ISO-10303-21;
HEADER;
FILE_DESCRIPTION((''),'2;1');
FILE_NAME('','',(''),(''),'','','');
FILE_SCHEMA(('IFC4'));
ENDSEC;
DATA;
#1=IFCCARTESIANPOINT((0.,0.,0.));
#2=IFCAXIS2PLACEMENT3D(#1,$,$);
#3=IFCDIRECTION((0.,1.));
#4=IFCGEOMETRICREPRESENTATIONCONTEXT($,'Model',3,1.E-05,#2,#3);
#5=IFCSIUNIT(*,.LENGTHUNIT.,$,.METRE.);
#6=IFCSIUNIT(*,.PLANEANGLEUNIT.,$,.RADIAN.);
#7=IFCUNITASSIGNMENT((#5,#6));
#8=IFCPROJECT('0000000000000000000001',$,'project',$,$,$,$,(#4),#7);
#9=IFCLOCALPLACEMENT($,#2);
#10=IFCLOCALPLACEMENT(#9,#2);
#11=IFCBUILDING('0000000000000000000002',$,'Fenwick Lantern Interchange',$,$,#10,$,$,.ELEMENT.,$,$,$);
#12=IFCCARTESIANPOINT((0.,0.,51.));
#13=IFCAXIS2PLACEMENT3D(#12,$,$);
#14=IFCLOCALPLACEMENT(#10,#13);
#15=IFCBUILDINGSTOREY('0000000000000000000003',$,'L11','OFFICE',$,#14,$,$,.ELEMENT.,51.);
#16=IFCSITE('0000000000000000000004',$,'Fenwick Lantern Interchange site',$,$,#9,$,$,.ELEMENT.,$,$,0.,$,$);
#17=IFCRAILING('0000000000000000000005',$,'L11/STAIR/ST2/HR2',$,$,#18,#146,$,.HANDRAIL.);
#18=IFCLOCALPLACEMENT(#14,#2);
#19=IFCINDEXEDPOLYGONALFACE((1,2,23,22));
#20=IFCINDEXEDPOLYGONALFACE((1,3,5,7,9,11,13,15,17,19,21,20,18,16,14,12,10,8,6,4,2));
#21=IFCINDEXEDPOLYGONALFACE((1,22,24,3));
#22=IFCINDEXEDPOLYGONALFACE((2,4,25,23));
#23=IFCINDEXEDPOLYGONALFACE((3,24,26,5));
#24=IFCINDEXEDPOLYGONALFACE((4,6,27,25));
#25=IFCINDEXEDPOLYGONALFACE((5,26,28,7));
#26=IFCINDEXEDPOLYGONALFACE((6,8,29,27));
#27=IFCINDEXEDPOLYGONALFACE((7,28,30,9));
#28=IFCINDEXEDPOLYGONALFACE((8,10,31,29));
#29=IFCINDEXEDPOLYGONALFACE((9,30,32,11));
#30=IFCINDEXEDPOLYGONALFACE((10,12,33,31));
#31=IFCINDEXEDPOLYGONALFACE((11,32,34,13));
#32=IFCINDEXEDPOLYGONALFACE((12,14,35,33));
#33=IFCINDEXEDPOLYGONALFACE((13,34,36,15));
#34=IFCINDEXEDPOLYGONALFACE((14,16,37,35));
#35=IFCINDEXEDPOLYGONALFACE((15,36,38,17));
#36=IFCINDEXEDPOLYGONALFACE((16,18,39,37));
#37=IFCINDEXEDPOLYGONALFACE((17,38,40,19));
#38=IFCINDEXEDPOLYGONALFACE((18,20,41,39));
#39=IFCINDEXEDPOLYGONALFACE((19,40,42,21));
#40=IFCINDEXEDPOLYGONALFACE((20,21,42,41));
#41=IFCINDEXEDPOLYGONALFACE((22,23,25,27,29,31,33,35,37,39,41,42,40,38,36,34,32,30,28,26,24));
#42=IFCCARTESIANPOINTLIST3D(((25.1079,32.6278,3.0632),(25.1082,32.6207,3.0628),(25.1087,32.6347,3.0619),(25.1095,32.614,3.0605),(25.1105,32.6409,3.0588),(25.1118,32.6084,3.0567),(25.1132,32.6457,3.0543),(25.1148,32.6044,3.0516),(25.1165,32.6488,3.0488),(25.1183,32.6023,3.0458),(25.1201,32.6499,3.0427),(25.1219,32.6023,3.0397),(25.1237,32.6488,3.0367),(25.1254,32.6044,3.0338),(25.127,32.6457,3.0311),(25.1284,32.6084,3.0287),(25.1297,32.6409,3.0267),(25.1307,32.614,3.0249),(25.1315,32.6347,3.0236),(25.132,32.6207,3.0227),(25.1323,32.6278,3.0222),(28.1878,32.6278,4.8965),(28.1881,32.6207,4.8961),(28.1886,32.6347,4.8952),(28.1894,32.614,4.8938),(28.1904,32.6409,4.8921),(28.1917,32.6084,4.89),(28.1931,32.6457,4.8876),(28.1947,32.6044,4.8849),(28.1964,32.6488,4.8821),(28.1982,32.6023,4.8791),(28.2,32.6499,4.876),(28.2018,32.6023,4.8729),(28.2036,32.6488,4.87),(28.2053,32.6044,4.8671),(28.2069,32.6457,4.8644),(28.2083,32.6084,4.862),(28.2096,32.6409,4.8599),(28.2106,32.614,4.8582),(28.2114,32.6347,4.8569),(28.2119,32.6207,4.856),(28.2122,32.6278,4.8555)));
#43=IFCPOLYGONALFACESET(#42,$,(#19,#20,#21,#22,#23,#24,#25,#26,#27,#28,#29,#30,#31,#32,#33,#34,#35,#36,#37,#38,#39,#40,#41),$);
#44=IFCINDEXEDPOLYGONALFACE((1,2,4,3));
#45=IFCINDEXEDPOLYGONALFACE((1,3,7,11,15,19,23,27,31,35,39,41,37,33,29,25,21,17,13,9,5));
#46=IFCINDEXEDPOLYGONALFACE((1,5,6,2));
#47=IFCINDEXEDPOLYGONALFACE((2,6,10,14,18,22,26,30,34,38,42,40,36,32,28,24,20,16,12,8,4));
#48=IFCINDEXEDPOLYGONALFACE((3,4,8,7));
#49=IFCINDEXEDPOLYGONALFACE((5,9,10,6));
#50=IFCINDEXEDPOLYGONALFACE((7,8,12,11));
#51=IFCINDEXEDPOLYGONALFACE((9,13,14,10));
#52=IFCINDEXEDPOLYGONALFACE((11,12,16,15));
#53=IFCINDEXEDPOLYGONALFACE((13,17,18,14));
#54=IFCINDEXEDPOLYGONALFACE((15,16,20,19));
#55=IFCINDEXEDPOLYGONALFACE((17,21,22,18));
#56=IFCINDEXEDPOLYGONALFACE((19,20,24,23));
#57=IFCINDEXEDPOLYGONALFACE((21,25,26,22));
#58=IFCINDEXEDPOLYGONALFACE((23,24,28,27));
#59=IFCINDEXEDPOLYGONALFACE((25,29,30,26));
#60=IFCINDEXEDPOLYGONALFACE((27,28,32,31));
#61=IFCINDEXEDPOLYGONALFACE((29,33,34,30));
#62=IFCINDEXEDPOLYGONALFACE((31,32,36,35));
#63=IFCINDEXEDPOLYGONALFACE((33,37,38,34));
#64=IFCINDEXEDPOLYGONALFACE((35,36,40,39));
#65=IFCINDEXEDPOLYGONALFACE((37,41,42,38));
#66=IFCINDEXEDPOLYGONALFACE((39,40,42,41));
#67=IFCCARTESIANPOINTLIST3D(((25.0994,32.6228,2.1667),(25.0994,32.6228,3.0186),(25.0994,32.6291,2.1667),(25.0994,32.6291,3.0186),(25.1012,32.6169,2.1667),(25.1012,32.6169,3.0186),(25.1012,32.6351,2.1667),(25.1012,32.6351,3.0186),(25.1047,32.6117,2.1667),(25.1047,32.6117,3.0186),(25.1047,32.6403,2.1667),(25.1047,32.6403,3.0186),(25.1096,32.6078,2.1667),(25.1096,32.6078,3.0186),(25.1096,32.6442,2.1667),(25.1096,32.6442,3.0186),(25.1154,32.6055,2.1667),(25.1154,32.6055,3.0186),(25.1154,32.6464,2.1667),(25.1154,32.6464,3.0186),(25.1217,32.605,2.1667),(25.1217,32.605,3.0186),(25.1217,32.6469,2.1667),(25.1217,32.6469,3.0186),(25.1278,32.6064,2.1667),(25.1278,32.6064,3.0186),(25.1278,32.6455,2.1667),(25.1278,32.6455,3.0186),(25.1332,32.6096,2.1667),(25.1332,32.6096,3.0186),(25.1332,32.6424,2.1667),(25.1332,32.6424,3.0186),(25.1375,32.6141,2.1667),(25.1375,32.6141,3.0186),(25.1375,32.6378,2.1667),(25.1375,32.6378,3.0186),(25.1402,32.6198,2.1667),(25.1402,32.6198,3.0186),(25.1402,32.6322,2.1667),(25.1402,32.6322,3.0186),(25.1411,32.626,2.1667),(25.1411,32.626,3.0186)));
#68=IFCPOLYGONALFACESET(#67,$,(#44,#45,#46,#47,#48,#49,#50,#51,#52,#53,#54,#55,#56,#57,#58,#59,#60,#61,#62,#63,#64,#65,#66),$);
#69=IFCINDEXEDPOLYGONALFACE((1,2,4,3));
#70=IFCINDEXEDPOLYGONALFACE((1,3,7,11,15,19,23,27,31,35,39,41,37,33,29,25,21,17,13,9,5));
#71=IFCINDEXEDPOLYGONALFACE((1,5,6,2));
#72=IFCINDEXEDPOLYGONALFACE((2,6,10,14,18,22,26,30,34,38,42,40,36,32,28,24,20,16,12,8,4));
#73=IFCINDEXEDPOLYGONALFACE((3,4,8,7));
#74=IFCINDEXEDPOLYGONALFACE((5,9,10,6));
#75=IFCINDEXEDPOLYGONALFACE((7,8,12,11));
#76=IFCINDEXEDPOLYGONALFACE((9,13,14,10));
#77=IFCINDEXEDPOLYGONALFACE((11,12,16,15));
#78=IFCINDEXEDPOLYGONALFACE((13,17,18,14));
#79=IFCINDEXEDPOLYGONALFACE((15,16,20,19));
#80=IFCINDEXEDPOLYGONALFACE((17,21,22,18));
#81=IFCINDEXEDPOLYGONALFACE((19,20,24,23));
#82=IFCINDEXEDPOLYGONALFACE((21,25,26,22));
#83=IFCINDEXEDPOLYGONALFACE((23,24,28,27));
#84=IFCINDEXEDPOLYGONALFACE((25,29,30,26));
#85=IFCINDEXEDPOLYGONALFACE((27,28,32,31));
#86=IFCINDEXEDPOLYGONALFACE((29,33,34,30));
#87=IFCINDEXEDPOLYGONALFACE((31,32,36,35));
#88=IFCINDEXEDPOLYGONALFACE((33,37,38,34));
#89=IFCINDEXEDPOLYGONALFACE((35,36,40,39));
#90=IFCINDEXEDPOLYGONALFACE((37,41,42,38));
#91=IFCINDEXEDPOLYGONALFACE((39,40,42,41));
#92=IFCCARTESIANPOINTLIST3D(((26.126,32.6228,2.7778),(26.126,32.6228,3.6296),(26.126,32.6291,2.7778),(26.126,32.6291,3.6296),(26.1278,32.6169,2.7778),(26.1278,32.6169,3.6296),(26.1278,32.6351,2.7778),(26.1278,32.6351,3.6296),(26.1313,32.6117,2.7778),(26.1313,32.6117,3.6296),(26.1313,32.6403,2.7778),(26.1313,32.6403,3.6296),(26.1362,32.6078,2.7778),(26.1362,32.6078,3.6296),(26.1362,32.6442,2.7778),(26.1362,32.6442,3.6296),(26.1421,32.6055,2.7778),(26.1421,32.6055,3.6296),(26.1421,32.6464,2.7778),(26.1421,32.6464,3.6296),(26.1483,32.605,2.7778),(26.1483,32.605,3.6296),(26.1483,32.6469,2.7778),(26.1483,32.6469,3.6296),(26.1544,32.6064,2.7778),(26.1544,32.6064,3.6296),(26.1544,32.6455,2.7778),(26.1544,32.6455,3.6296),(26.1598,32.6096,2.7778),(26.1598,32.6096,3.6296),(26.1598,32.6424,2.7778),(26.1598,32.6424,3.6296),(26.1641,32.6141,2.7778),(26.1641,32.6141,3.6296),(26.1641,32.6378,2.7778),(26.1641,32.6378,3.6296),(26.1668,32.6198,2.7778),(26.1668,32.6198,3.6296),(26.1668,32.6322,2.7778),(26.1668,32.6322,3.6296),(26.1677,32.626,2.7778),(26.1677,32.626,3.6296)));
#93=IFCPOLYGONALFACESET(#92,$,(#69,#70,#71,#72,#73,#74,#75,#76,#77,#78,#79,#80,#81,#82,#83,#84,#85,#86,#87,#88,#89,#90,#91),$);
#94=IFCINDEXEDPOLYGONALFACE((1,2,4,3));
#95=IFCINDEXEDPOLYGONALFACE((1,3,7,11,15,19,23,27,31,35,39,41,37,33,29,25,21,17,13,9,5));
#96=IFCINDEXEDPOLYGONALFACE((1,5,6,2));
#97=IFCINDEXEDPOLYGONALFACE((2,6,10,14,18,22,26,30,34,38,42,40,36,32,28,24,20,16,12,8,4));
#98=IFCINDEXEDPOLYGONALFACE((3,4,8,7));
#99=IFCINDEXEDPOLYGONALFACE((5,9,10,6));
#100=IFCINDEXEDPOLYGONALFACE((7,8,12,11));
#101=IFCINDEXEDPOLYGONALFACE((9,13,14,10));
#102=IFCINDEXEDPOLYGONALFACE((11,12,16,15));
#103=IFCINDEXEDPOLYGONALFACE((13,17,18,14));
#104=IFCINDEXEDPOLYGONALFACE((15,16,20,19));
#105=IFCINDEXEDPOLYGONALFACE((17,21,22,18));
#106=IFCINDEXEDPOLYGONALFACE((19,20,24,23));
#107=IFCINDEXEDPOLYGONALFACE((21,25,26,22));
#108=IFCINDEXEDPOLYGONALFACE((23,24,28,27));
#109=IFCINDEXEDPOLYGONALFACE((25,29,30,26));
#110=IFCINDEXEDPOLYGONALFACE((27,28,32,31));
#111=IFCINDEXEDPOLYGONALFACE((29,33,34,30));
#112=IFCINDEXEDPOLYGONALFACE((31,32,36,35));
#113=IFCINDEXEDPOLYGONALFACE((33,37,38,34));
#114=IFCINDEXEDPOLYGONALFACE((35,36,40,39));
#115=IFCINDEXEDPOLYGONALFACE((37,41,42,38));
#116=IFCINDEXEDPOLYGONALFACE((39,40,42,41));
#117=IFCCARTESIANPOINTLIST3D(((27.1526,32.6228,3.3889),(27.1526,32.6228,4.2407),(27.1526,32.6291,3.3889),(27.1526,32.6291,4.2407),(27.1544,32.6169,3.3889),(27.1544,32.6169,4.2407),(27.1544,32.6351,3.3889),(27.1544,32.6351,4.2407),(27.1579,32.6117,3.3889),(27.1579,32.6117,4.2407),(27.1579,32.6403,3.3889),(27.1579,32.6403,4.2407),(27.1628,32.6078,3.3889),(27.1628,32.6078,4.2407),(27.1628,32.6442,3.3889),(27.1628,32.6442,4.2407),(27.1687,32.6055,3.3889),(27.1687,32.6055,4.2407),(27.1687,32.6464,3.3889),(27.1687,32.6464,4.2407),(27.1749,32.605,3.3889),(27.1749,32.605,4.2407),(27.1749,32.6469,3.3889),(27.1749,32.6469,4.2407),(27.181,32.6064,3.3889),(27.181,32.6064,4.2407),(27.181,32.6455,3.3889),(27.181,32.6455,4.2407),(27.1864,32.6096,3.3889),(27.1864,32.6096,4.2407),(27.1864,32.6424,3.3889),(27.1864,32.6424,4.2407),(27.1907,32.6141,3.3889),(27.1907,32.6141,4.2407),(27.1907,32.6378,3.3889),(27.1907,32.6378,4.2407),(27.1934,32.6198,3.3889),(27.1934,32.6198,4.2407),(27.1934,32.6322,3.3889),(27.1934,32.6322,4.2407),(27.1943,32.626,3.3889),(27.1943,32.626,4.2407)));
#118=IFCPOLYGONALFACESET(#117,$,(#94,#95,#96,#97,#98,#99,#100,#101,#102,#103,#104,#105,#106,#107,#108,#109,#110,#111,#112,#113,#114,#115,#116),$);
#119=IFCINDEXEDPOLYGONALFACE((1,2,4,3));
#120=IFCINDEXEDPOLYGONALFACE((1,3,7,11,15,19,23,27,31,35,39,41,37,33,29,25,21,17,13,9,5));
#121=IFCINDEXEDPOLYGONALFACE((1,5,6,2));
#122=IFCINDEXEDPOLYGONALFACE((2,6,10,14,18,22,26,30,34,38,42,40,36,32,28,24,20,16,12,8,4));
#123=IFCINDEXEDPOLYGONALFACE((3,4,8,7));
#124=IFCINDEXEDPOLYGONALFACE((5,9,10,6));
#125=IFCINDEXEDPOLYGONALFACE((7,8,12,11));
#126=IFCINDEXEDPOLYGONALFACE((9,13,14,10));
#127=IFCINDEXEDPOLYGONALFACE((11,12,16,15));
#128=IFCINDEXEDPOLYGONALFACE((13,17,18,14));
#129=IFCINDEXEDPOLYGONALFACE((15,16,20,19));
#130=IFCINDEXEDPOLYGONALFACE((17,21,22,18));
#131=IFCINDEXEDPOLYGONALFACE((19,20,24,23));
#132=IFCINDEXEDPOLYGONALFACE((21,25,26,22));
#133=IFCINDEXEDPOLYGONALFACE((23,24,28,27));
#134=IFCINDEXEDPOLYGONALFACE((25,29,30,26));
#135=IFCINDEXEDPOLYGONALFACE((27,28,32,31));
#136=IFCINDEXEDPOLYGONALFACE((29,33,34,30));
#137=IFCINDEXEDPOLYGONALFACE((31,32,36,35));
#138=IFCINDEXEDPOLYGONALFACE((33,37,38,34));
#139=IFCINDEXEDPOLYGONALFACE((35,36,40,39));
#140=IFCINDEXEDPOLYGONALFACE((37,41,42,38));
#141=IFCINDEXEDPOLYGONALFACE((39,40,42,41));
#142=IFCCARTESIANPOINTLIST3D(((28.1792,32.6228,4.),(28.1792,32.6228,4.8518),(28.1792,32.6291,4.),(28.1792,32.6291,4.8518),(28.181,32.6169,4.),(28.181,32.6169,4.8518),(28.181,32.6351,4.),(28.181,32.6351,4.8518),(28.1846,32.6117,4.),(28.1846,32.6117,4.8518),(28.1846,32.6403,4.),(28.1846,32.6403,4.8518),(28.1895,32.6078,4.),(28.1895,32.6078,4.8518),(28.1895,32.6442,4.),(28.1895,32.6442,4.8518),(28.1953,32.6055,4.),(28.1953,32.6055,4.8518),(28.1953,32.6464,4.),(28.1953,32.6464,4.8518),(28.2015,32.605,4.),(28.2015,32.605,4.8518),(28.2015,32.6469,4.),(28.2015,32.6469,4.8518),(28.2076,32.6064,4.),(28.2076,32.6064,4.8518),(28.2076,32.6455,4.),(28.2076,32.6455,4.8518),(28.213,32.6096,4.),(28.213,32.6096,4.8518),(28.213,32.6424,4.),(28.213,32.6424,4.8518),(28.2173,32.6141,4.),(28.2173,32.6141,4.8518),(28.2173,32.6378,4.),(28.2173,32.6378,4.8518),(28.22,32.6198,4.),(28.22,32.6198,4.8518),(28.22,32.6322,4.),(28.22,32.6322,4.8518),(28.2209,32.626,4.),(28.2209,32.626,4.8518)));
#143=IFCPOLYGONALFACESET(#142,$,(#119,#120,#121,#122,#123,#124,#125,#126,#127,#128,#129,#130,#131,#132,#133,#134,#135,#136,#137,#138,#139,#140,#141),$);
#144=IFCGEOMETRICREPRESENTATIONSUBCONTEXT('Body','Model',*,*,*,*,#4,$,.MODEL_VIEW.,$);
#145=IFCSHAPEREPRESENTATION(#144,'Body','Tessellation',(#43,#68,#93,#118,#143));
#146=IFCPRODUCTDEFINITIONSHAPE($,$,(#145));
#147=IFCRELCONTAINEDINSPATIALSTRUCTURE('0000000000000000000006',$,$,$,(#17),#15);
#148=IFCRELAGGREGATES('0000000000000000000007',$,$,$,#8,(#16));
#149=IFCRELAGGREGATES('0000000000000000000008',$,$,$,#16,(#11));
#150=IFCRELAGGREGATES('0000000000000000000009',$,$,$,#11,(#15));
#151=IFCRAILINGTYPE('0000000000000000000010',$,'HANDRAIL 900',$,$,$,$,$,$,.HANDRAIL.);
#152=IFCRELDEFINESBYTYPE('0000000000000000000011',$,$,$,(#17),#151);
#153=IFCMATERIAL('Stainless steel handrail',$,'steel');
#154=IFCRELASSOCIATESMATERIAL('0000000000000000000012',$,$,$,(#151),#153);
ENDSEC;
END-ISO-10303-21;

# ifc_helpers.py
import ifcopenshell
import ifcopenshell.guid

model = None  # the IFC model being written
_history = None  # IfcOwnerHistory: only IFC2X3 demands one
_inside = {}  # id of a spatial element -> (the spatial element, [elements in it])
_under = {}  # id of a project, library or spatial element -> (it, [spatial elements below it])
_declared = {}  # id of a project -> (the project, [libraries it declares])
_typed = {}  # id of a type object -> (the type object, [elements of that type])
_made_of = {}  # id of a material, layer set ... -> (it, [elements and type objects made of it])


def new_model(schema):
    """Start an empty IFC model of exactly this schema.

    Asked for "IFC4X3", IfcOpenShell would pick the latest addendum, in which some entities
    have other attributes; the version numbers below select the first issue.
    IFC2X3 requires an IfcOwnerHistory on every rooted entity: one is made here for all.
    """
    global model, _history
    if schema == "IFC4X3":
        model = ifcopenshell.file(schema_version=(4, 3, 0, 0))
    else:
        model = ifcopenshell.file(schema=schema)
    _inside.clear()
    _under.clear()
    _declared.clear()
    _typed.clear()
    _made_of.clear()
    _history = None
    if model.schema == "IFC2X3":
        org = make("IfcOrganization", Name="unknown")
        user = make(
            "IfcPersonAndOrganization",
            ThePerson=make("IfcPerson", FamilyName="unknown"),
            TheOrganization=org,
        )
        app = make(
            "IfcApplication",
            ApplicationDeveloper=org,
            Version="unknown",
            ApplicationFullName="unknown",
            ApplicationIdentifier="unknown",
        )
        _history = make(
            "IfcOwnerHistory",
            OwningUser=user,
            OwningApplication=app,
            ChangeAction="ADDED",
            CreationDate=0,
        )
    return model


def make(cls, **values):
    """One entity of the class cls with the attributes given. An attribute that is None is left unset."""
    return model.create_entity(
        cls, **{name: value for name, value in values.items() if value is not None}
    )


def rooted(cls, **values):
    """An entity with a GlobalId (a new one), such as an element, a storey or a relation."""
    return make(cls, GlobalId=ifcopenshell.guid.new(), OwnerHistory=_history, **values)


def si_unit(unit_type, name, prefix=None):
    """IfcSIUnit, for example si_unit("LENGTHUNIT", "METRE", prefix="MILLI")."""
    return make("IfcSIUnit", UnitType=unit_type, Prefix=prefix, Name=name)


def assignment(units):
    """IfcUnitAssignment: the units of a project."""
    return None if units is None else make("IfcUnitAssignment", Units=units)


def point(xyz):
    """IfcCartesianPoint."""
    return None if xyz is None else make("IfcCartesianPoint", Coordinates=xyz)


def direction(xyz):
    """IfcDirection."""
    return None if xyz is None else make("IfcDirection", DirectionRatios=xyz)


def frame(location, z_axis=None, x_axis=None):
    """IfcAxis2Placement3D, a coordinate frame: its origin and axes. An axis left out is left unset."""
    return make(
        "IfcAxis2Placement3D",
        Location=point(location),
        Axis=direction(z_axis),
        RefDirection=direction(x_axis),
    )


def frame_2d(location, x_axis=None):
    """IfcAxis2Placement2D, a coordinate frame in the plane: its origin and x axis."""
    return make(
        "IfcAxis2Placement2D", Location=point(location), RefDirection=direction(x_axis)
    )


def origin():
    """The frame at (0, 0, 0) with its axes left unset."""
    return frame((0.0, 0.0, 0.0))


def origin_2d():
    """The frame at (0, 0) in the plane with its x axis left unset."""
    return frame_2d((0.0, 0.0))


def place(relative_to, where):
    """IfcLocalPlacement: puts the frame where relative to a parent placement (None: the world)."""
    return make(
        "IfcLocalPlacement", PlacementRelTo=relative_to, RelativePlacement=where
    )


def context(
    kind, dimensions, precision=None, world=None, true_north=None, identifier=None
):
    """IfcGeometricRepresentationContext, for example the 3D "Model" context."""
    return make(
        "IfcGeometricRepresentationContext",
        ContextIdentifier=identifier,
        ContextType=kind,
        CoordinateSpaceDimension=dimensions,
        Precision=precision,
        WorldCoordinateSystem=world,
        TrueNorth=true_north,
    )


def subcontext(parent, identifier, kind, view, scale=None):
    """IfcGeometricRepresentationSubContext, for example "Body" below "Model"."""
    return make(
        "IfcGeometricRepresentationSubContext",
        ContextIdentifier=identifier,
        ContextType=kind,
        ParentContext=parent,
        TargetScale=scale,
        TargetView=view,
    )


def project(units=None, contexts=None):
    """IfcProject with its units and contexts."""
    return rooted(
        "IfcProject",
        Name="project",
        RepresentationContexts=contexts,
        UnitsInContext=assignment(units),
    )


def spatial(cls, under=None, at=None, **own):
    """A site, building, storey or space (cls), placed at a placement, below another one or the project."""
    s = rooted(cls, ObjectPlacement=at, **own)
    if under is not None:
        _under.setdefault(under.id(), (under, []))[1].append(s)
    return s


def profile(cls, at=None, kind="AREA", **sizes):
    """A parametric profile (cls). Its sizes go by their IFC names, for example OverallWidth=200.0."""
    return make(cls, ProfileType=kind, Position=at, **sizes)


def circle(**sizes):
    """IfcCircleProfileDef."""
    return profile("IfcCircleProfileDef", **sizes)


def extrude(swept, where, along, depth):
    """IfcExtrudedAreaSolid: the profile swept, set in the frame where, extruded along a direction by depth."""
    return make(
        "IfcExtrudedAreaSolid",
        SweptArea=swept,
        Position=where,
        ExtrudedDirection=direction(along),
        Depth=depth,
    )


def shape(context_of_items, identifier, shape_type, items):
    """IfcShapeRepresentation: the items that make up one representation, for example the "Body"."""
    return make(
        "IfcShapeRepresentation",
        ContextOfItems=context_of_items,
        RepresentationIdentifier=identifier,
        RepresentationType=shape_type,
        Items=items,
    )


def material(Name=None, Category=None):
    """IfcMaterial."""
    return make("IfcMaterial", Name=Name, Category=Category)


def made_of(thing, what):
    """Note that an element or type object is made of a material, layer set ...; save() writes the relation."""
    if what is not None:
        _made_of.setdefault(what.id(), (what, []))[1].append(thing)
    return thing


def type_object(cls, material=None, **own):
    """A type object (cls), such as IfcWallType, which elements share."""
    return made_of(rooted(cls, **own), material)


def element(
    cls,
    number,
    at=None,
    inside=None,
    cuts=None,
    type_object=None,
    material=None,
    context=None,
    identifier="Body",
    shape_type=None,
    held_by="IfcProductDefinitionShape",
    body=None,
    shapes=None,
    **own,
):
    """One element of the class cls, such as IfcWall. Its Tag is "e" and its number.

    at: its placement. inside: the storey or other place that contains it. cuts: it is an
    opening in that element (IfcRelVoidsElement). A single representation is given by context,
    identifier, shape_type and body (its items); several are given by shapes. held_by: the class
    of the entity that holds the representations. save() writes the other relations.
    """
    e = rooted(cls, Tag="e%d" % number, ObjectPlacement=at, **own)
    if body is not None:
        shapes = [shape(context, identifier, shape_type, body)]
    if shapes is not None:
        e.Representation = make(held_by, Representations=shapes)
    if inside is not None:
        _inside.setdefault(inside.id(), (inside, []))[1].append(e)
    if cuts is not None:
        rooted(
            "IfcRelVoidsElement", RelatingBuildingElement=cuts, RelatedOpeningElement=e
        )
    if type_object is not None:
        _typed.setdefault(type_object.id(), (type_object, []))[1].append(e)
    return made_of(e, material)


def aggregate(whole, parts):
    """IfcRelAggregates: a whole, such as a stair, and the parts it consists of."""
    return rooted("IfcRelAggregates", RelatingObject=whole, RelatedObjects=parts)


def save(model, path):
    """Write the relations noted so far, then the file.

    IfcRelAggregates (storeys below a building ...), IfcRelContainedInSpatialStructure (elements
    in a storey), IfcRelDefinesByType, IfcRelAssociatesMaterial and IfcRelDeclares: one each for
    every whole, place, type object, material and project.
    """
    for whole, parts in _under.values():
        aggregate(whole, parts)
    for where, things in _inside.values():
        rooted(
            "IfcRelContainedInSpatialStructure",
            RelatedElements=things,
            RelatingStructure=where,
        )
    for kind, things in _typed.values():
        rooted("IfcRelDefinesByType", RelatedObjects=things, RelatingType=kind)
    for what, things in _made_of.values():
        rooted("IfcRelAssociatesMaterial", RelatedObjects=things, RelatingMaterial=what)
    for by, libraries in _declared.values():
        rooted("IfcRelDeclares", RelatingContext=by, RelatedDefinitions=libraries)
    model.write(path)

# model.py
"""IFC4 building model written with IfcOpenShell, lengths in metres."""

from ifc_helpers import new_model, si_unit, direction, frame, origin, origin_2d, place, context, subcontext, project, spatial, circle, extrude, material, type_object, element, save


model = new_model("IFC4")

# Units and contexts
model_context = context("Model", 3, precision=1e-05, world=origin(), true_north=direction((0.0, 1.0)))
body_context = subcontext(model_context, "Body", "Model", "MODEL_VIEW")
ifc_project = project(units=[si_unit("LENGTHUNIT", "METRE"), si_unit("PLANEANGLEUNIT", "RADIAN")], contexts=[model_context])

# Site, building, storey
site_placement = place(None, origin())
site = spatial("IfcSite", under=ifc_project, at=site_placement, Name="Fenwick Lantern Interchange site", CompositionType="ELEMENT", RefElevation=0.0)
building_placement = place(site_placement, origin())
building = spatial("IfcBuilding", under=site, at=building_placement, Name="Fenwick Lantern Interchange", CompositionType="ELEMENT")
storey_placement = place(building_placement, frame((0.0, 0.0, 51.0)))
storey = spatial("IfcBuildingStorey", under=building, at=storey_placement, Name="L11", Description="OFFICE", CompositionType="ELEMENT", Elevation=51.0)

# Railing
ifc_material_1 = material(Name="Stainless steel handrail", Category="steel")
railing_type = type_object("IfcRailingType", Name="HANDRAIL 900", PredefinedType="HANDRAIL", material=ifc_material_1)
railing_1_placement = place(storey_placement, frame((25.1201, 32.626, 2.1667)))
element("IfcRailing", 1, at=railing_1_placement, inside=storey, type_object=railing_type, Name="L11/STAIR/ST2/HR2", PredefinedType="HANDRAIL", context=body_context, shape_type="SweptSolid", body=[
    extrude(circle(Radius=0.0239, at=origin_2d()), frame((0.0, 0.0, 0.876), z_axis=(0.859291, 0.0, 0.511487), x_axis=(0.0, 1.0, 0.0)), (0.0, 0.0, 1.0), 3.5842),
    extrude(circle(Radius=0.021, at=origin_2d()), origin(), (0.0, 0.0, 1.0), 0.8518),
    extrude(circle(Radius=0.021, at=origin_2d()), frame((1.0266, 0.0, 0.6111)), (0.0, 0.0, 1.0), 0.8518),
    extrude(circle(Radius=0.021, at=origin_2d()), frame((2.0532, 0.0, 1.2222)), (0.0, 0.0, 1.0), 0.8518),
    extrude(circle(Radius=0.021, at=origin_2d()), frame((3.0798, 0.0, 1.8333)), (0.0, 0.0, 1.0), 0.8518),
])

save(model, "model.ifc")
